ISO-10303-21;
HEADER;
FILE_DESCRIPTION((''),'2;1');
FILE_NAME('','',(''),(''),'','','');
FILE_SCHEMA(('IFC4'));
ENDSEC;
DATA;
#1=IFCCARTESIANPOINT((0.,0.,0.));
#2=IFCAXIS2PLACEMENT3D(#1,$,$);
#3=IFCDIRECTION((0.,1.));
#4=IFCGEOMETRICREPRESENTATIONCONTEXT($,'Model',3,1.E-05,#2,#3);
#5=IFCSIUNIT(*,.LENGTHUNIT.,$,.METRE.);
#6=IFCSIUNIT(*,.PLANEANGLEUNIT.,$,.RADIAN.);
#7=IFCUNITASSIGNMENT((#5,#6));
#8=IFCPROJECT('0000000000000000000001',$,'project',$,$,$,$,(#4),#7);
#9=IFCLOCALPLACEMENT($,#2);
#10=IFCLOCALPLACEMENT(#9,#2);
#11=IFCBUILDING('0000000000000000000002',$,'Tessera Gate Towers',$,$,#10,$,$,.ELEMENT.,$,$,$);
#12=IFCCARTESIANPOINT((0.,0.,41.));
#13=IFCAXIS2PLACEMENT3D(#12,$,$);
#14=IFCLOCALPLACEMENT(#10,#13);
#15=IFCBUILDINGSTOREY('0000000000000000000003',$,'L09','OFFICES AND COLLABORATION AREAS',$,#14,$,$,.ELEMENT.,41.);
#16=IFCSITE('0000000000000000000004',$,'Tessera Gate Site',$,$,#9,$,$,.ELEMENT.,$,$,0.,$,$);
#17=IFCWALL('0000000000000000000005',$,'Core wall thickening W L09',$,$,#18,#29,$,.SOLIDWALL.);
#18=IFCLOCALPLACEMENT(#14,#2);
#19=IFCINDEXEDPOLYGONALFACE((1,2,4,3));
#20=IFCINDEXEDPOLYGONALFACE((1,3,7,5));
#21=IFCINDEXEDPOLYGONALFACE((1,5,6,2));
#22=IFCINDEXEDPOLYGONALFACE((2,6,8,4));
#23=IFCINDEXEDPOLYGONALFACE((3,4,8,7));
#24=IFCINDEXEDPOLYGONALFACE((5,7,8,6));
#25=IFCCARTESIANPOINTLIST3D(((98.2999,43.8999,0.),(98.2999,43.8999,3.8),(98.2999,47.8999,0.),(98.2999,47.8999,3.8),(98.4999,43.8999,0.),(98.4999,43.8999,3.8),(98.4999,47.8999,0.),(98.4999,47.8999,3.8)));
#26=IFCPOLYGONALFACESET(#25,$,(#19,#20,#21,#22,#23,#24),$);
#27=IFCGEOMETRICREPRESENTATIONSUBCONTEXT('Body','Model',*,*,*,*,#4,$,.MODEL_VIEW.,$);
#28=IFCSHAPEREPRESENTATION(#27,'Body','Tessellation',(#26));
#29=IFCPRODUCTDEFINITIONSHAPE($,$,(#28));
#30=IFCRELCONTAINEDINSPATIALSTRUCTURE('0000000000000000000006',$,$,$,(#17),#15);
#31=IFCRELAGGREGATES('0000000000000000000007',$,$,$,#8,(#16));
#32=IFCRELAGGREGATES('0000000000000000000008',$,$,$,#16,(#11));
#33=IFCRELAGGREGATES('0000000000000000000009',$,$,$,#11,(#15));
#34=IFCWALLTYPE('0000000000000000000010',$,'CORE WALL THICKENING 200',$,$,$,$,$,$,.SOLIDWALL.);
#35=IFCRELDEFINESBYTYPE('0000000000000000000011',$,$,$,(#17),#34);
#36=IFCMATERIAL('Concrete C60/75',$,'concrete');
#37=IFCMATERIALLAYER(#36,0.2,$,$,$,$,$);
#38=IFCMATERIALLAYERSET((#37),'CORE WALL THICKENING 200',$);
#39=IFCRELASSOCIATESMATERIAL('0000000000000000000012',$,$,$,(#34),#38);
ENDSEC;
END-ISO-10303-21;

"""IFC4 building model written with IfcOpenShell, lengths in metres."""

from ifc_helpers import new_model, si_unit, direction, frame, frame_2d, origin, place, context, subcontext, project, spatial, rectangle, extrude, material, layer, layer_set, type_object, element, save


model = new_model("IFC4")

# Units and contexts
model_context = context("Model", 3, precision=1e-05, world=origin(), true_north=direction((0.0, 1.0)))
body_context = subcontext(model_context, "Body", "Model", "MODEL_VIEW")
ifc_project = project(units=[si_unit("LENGTHUNIT", "METRE"), si_unit("PLANEANGLEUNIT", "RADIAN")], contexts=[model_context])

# Site, building, storey
site_placement = place(None, origin())
site = spatial("IfcSite", under=ifc_project, at=site_placement, Name="Tessera Gate Site", CompositionType="ELEMENT", RefElevation=0.0)
building_placement = place(site_placement, origin())
building = spatial("IfcBuilding", under=site, at=building_placement, Name="Tessera Gate Towers", CompositionType="ELEMENT")
storey_placement = place(building_placement, frame((0.0, 0.0, 41.0)))
storey = spatial("IfcBuildingStorey", under=building, at=storey_placement, Name="L09", Description="OFFICES AND COLLABORATION AREAS", CompositionType="ELEMENT", Elevation=41.0)

# Wall
ifc_material_1 = material(Name="Concrete C60/75", Category="concrete")
ifc_layer_1 = layer(ifc_material_1, 0.2)
ifc_layer_set_1 = layer_set([ifc_layer_1], Name="CORE WALL THICKENING 200")
wall_type_1 = type_object("IfcWallType", Name="CORE WALL THICKENING 200", PredefinedType="SOLIDWALL", material=ifc_layer_set_1)
wall_1_placement = place(storey_placement, frame((98.3999, 43.8999, 0.0), z_axis=(0.0, 0.0, 1.0), x_axis=(0.0, 1.0, 0.0)))
element("IfcWall", 1, at=wall_1_placement, inside=storey, type_object=wall_type_1, Name="Core wall thickening W L09", PredefinedType="SOLIDWALL", context=body_context, shape_type="SweptSolid", body=[
    extrude(rectangle(XDim=4.0, YDim=0.2, at=frame_2d((2.0, 0.0))), origin(), (0.0, 0.0, 1.0), 3.8),
])

save(model, "model.ifc")
